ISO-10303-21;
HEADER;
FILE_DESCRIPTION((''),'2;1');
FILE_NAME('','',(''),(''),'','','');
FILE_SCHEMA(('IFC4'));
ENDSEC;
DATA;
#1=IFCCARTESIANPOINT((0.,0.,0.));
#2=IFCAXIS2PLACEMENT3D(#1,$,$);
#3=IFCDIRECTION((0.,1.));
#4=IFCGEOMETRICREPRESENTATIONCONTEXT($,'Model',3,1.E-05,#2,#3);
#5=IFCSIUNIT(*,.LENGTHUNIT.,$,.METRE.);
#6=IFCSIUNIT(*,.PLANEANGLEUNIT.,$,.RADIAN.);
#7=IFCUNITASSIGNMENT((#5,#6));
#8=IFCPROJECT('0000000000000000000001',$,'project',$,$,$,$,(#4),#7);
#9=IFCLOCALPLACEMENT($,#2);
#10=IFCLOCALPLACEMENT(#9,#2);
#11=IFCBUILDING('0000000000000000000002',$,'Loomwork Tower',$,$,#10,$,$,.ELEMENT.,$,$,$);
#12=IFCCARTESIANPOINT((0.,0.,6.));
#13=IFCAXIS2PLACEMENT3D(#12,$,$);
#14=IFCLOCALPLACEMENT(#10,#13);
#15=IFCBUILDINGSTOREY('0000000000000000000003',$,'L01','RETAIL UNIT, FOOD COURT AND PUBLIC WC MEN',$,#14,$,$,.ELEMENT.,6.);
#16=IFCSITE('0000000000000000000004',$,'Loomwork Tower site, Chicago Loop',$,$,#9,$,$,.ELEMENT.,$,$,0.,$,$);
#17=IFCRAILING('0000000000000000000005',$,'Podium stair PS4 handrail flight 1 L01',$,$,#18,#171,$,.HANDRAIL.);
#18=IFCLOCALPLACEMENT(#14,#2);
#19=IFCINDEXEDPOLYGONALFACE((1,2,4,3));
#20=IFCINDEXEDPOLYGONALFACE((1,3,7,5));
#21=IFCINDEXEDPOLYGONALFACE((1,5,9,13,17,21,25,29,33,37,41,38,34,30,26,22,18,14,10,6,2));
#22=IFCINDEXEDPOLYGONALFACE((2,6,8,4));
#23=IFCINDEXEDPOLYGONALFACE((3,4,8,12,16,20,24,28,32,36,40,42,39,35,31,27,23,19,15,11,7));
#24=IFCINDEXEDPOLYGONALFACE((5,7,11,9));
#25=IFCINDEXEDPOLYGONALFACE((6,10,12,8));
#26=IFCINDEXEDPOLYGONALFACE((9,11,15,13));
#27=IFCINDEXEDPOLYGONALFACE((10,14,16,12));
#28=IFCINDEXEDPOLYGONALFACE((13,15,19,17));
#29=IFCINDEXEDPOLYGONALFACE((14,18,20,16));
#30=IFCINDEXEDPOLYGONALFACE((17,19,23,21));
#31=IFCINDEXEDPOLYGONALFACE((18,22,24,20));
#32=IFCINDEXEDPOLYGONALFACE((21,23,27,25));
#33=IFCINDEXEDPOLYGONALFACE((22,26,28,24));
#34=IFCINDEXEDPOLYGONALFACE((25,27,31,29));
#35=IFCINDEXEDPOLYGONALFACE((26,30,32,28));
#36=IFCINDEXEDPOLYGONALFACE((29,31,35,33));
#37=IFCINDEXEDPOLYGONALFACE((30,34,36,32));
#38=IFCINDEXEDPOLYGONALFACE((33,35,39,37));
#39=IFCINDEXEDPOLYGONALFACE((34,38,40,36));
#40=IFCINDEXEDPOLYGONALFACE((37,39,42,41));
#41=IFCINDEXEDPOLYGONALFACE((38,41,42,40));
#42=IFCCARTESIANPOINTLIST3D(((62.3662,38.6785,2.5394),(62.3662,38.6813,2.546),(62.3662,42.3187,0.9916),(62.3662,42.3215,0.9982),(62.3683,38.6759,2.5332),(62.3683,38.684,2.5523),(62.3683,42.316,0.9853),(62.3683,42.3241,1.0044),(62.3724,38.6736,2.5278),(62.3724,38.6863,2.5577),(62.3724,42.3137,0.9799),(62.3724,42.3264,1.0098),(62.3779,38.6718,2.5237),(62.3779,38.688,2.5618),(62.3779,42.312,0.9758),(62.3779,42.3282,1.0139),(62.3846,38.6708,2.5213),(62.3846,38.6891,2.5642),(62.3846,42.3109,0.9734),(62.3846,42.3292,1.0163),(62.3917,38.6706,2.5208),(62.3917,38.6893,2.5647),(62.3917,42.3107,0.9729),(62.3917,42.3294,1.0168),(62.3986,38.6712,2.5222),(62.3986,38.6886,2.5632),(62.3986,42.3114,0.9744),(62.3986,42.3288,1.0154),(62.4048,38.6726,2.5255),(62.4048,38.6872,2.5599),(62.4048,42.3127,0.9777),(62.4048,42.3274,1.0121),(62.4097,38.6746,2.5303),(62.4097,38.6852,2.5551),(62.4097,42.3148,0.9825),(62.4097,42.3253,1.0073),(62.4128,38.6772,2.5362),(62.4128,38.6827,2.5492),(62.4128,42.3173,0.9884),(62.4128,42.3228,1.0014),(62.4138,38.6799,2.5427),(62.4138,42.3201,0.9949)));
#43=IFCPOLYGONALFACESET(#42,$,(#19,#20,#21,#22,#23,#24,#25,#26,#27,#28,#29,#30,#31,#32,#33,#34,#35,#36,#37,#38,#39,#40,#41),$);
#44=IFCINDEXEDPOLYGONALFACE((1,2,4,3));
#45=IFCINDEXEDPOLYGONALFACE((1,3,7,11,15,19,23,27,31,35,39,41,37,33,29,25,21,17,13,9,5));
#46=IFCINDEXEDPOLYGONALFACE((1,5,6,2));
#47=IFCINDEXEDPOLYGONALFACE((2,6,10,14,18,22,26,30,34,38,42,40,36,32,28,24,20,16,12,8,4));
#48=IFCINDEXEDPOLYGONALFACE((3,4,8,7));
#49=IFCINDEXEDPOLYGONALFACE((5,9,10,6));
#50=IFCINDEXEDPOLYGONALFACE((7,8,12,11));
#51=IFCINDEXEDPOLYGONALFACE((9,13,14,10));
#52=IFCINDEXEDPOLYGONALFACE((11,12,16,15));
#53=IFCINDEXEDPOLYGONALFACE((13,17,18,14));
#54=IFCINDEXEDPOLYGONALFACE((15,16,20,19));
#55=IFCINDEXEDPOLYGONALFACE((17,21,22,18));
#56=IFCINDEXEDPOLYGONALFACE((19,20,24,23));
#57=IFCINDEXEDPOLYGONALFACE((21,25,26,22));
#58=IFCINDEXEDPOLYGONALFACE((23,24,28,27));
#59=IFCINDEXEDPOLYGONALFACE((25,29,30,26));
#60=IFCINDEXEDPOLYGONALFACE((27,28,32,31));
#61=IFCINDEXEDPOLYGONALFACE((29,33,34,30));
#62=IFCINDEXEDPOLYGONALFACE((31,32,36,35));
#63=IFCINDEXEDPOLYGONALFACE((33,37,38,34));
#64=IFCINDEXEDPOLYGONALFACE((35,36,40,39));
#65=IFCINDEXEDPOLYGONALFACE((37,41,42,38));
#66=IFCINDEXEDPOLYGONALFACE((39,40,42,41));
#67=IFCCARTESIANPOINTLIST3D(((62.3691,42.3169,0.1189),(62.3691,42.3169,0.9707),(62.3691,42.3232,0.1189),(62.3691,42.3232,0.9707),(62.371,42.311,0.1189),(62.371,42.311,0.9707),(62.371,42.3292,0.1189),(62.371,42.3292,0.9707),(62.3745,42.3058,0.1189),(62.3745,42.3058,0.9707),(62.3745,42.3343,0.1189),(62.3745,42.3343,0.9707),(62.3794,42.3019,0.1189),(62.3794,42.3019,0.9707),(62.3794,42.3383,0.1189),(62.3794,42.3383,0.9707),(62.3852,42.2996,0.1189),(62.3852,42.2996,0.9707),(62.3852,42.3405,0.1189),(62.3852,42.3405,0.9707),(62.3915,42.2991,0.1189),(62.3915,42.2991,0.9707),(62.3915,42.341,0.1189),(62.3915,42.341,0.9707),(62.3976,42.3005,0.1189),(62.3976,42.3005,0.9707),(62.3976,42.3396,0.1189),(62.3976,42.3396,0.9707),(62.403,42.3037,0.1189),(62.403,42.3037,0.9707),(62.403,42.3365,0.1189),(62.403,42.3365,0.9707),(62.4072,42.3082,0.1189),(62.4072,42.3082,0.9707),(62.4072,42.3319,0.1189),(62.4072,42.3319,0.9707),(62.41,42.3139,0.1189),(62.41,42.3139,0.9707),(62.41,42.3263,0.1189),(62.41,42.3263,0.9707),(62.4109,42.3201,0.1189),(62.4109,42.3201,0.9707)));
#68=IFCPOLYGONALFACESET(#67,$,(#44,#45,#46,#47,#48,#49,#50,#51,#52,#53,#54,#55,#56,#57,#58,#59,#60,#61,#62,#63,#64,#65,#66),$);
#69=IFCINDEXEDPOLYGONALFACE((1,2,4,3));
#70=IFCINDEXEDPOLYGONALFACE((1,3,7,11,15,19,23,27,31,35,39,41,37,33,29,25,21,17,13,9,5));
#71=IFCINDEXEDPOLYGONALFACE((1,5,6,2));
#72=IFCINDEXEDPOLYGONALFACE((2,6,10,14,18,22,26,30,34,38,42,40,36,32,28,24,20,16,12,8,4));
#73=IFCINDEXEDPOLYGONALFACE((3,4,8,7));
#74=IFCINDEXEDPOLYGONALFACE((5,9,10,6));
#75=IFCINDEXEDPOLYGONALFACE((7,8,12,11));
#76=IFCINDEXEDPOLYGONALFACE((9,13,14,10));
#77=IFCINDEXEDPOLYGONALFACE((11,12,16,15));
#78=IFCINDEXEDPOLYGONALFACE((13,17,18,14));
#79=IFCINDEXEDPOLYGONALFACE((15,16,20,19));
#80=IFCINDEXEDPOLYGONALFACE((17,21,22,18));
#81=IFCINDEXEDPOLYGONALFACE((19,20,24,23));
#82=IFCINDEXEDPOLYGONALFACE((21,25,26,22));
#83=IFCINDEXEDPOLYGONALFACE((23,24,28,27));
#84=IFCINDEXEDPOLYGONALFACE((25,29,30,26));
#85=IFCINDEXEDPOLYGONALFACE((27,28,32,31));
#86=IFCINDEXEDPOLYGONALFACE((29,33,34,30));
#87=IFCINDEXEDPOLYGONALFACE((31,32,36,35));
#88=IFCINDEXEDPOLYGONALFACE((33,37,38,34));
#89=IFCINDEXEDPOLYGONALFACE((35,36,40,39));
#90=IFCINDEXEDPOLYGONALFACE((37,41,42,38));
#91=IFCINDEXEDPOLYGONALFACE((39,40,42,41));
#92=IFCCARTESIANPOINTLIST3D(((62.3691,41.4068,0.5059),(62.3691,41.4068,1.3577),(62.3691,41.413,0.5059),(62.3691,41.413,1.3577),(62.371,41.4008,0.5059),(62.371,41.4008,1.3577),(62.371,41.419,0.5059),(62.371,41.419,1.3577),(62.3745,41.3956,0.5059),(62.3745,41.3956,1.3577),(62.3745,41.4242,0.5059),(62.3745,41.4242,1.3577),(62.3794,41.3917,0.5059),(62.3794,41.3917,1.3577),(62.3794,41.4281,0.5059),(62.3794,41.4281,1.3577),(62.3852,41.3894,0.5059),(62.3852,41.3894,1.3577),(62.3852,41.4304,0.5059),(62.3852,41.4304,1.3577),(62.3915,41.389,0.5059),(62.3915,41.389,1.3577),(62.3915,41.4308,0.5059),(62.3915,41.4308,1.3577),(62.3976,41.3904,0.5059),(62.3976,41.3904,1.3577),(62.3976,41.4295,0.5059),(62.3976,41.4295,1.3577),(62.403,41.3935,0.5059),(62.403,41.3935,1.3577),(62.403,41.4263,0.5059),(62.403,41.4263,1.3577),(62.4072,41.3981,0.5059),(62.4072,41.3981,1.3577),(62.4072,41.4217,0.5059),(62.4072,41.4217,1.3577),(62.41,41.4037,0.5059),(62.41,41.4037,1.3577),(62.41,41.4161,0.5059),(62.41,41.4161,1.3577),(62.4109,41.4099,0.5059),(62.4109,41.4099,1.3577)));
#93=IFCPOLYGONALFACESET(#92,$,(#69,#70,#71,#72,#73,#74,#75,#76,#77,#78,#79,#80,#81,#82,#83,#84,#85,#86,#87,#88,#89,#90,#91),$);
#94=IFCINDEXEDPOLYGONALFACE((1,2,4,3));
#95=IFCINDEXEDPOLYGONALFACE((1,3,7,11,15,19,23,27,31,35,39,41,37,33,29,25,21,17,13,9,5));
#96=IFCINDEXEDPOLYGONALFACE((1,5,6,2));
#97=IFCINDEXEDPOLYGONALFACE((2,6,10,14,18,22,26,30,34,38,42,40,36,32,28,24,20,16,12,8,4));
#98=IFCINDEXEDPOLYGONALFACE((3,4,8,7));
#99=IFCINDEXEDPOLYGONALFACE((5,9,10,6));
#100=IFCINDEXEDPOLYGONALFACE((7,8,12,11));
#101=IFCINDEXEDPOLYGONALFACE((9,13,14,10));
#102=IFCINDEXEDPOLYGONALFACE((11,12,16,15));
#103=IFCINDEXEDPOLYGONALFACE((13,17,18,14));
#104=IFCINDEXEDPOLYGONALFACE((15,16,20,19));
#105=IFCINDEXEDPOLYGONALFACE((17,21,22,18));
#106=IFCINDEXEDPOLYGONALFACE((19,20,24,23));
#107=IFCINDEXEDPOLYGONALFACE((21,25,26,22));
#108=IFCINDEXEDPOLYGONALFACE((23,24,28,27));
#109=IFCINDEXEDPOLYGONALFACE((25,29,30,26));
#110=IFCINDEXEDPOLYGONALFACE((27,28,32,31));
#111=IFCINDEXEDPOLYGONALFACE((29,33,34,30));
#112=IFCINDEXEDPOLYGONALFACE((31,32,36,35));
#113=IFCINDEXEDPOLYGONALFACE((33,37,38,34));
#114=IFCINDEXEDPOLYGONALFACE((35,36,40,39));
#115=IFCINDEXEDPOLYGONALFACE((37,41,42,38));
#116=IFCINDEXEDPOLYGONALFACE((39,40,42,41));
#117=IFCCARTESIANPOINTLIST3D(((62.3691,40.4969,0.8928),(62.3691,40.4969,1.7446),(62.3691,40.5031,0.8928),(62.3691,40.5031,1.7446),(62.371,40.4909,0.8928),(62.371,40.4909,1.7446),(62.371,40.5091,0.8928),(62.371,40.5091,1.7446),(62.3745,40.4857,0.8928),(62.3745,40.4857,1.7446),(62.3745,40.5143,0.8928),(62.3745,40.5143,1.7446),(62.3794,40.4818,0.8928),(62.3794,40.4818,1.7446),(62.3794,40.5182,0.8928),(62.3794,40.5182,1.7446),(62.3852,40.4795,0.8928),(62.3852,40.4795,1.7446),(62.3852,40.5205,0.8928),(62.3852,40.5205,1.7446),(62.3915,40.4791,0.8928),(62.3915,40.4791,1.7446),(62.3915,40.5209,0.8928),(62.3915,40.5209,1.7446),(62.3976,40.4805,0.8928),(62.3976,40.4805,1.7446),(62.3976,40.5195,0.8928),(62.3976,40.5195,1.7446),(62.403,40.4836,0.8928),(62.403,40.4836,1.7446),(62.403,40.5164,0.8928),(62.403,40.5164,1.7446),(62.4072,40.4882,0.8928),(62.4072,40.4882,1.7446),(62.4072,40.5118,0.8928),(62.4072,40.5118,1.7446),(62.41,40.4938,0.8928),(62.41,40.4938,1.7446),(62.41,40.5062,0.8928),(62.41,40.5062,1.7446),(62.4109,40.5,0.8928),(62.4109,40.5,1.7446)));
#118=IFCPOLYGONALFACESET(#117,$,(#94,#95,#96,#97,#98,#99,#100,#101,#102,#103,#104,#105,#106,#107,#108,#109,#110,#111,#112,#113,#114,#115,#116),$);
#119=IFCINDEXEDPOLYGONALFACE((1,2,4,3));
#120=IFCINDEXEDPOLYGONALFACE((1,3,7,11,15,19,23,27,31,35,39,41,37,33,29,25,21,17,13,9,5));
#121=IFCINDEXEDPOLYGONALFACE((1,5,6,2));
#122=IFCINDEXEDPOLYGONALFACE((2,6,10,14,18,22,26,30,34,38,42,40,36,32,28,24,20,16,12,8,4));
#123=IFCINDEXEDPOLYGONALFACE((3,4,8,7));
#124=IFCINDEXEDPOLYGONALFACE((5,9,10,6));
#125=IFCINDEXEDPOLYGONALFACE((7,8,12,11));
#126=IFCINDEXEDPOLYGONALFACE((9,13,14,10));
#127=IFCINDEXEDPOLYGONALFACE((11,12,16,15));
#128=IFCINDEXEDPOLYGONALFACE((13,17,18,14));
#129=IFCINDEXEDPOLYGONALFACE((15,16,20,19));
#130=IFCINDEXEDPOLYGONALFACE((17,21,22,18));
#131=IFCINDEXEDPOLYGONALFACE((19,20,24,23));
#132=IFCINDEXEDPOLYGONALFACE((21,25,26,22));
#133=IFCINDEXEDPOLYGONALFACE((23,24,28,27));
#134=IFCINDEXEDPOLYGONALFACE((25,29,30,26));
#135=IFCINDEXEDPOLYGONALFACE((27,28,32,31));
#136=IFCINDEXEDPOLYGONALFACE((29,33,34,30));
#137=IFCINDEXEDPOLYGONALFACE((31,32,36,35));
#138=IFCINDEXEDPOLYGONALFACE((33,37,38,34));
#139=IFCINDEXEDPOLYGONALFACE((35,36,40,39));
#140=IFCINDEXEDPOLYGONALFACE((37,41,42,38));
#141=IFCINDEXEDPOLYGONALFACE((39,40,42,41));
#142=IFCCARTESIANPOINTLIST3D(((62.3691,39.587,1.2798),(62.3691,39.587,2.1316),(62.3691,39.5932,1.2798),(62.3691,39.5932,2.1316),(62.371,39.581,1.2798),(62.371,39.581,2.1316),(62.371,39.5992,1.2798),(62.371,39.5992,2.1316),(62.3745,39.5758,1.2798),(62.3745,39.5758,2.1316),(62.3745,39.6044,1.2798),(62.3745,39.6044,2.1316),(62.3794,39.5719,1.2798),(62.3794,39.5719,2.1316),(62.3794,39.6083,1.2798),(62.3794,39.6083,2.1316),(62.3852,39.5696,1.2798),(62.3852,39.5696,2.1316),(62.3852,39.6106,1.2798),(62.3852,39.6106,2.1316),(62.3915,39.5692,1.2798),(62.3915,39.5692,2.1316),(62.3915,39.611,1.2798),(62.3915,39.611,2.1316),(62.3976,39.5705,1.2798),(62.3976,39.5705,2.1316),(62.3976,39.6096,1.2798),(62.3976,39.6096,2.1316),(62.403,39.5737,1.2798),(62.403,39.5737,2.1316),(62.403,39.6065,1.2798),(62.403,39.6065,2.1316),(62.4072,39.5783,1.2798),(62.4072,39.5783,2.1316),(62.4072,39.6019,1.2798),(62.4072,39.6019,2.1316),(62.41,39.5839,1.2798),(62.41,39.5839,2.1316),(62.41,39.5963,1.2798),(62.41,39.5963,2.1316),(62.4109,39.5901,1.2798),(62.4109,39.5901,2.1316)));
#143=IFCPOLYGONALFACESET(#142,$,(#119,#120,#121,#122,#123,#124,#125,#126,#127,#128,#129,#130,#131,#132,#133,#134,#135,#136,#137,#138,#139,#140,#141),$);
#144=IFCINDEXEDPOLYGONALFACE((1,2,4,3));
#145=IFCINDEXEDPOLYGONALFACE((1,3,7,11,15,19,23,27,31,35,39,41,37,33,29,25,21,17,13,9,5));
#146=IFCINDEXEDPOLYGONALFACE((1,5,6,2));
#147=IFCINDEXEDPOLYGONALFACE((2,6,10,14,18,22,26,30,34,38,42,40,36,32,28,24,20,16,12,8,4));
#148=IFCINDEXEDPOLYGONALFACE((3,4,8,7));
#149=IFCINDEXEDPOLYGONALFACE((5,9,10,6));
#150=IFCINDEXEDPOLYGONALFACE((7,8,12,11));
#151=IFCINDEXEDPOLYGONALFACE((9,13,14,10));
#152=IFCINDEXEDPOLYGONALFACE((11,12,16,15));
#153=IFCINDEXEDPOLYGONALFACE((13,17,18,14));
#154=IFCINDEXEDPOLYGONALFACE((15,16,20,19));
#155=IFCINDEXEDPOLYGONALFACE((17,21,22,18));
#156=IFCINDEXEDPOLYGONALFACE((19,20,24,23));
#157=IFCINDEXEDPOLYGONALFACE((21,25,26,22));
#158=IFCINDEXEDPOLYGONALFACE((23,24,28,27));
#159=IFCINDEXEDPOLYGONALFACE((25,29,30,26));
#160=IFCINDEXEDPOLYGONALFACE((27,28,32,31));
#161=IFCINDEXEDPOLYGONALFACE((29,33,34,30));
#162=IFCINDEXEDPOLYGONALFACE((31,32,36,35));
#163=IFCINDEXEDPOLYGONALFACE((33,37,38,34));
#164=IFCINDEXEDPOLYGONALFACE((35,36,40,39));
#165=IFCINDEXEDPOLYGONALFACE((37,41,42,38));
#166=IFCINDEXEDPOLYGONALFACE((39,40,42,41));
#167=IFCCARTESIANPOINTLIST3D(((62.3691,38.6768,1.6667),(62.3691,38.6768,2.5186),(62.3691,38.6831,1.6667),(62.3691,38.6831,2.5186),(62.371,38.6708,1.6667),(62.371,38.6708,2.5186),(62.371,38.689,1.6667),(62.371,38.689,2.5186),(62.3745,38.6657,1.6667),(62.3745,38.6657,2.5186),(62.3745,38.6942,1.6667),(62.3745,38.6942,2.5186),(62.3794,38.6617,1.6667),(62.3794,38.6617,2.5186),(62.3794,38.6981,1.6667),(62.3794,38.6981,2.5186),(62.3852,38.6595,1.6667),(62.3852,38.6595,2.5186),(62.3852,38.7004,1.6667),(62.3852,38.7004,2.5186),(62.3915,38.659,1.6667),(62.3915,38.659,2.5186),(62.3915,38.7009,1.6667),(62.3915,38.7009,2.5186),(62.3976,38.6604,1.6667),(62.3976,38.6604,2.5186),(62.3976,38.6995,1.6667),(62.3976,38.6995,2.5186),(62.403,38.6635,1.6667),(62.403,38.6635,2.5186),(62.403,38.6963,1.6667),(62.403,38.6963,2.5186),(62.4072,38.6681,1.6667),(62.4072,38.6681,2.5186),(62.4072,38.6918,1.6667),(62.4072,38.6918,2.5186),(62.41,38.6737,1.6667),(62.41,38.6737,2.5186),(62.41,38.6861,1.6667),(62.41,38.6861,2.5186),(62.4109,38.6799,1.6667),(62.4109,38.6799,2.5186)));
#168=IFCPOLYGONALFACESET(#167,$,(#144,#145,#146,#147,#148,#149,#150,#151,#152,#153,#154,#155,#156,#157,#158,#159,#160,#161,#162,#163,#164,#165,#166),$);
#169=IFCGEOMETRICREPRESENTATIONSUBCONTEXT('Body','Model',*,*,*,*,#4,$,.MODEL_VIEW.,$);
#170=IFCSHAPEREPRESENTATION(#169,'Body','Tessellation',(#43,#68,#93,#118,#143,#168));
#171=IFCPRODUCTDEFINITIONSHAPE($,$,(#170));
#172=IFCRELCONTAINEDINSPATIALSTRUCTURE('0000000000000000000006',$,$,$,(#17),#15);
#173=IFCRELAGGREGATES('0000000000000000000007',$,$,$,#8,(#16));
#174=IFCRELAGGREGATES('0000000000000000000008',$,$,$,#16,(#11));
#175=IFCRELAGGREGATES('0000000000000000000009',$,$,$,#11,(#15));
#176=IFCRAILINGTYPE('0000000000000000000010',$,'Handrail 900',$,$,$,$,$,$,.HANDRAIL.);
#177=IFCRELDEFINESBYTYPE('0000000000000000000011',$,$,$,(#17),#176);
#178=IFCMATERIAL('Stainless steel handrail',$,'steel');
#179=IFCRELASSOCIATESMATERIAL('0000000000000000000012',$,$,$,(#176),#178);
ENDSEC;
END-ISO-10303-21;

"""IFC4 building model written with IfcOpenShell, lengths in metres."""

from ifc_helpers import new_model, si_unit, direction, frame, origin, origin_2d, place, context, subcontext, project, spatial, circle, extrude, material, type_object, element, save


model = new_model("IFC4")

# Units and contexts
model_context = context("Model", 3, precision=1e-05, world=origin(), true_north=direction((0.0, 1.0)))
body_context = subcontext(model_context, "Body", "Model", "MODEL_VIEW")
ifc_project = project(units=[si_unit("LENGTHUNIT", "METRE"), si_unit("PLANEANGLEUNIT", "RADIAN")], contexts=[model_context])

# Site, building, storey
site_placement = place(None, origin())
site = spatial("IfcSite", under=ifc_project, at=site_placement, Name="Loomwork Tower site, Chicago Loop", CompositionType="ELEMENT", RefElevation=0.0)
building_placement = place(site_placement, origin())
building = spatial("IfcBuilding", under=site, at=building_placement, Name="Loomwork Tower", CompositionType="ELEMENT")
storey_placement = place(building_placement, frame((0.0, 0.0, 6.0)))
storey = spatial("IfcBuildingStorey", under=building, at=storey_placement, Name="L01", Description="RETAIL UNIT, FOOD COURT AND PUBLIC WC MEN", CompositionType="ELEMENT", Elevation=6.0)

# Railing
ifc_material_1 = material(Name="Stainless steel handrail", Category="steel")
railing_type = type_object("IfcRailingType", Name="Handrail 900", PredefinedType="HANDRAIL", material=ifc_material_1)
railing_1_placement = place(storey_placement, frame((62.3899, 42.3201, 0.1189)))
element("IfcRailing", 1, at=railing_1_placement, inside=storey, type_object=railing_type, Name="Podium stair PS4 handrail flight 1 L01", PredefinedType="HANDRAIL", context=body_context, shape_type="SweptSolid", body=[
    extrude(circle(Radius=0.0239, at=origin_2d()), frame((0.0, 0.0, 0.876), z_axis=(0.0, -0.920259, 0.391311), x_axis=(1.0, 0.0, 0.0)), (0.0, 0.0, 1.0), 3.9556),
    extrude(circle(Radius=0.021, at=origin_2d()), origin(), (0.0, 0.0, 1.0), 0.8518),
    extrude(circle(Radius=0.021, at=origin_2d()), frame((0.0, -0.9102, 0.387)), (0.0, 0.0, 1.0), 0.8518),
    extrude(circle(Radius=0.021, at=origin_2d()), frame((0.0, -1.8201, 0.7739)), (0.0, 0.0, 1.0), 0.8518),
    extrude(circle(Radius=0.021, at=origin_2d()), frame((0.0, -2.73, 1.1609)), (0.0, 0.0, 1.0), 0.8518),
    extrude(circle(Radius=0.021, at=origin_2d()), frame((0.0, -3.6401, 1.5479)), (0.0, 0.0, 1.0), 0.8518),
])

save(model, "model.ifc")
